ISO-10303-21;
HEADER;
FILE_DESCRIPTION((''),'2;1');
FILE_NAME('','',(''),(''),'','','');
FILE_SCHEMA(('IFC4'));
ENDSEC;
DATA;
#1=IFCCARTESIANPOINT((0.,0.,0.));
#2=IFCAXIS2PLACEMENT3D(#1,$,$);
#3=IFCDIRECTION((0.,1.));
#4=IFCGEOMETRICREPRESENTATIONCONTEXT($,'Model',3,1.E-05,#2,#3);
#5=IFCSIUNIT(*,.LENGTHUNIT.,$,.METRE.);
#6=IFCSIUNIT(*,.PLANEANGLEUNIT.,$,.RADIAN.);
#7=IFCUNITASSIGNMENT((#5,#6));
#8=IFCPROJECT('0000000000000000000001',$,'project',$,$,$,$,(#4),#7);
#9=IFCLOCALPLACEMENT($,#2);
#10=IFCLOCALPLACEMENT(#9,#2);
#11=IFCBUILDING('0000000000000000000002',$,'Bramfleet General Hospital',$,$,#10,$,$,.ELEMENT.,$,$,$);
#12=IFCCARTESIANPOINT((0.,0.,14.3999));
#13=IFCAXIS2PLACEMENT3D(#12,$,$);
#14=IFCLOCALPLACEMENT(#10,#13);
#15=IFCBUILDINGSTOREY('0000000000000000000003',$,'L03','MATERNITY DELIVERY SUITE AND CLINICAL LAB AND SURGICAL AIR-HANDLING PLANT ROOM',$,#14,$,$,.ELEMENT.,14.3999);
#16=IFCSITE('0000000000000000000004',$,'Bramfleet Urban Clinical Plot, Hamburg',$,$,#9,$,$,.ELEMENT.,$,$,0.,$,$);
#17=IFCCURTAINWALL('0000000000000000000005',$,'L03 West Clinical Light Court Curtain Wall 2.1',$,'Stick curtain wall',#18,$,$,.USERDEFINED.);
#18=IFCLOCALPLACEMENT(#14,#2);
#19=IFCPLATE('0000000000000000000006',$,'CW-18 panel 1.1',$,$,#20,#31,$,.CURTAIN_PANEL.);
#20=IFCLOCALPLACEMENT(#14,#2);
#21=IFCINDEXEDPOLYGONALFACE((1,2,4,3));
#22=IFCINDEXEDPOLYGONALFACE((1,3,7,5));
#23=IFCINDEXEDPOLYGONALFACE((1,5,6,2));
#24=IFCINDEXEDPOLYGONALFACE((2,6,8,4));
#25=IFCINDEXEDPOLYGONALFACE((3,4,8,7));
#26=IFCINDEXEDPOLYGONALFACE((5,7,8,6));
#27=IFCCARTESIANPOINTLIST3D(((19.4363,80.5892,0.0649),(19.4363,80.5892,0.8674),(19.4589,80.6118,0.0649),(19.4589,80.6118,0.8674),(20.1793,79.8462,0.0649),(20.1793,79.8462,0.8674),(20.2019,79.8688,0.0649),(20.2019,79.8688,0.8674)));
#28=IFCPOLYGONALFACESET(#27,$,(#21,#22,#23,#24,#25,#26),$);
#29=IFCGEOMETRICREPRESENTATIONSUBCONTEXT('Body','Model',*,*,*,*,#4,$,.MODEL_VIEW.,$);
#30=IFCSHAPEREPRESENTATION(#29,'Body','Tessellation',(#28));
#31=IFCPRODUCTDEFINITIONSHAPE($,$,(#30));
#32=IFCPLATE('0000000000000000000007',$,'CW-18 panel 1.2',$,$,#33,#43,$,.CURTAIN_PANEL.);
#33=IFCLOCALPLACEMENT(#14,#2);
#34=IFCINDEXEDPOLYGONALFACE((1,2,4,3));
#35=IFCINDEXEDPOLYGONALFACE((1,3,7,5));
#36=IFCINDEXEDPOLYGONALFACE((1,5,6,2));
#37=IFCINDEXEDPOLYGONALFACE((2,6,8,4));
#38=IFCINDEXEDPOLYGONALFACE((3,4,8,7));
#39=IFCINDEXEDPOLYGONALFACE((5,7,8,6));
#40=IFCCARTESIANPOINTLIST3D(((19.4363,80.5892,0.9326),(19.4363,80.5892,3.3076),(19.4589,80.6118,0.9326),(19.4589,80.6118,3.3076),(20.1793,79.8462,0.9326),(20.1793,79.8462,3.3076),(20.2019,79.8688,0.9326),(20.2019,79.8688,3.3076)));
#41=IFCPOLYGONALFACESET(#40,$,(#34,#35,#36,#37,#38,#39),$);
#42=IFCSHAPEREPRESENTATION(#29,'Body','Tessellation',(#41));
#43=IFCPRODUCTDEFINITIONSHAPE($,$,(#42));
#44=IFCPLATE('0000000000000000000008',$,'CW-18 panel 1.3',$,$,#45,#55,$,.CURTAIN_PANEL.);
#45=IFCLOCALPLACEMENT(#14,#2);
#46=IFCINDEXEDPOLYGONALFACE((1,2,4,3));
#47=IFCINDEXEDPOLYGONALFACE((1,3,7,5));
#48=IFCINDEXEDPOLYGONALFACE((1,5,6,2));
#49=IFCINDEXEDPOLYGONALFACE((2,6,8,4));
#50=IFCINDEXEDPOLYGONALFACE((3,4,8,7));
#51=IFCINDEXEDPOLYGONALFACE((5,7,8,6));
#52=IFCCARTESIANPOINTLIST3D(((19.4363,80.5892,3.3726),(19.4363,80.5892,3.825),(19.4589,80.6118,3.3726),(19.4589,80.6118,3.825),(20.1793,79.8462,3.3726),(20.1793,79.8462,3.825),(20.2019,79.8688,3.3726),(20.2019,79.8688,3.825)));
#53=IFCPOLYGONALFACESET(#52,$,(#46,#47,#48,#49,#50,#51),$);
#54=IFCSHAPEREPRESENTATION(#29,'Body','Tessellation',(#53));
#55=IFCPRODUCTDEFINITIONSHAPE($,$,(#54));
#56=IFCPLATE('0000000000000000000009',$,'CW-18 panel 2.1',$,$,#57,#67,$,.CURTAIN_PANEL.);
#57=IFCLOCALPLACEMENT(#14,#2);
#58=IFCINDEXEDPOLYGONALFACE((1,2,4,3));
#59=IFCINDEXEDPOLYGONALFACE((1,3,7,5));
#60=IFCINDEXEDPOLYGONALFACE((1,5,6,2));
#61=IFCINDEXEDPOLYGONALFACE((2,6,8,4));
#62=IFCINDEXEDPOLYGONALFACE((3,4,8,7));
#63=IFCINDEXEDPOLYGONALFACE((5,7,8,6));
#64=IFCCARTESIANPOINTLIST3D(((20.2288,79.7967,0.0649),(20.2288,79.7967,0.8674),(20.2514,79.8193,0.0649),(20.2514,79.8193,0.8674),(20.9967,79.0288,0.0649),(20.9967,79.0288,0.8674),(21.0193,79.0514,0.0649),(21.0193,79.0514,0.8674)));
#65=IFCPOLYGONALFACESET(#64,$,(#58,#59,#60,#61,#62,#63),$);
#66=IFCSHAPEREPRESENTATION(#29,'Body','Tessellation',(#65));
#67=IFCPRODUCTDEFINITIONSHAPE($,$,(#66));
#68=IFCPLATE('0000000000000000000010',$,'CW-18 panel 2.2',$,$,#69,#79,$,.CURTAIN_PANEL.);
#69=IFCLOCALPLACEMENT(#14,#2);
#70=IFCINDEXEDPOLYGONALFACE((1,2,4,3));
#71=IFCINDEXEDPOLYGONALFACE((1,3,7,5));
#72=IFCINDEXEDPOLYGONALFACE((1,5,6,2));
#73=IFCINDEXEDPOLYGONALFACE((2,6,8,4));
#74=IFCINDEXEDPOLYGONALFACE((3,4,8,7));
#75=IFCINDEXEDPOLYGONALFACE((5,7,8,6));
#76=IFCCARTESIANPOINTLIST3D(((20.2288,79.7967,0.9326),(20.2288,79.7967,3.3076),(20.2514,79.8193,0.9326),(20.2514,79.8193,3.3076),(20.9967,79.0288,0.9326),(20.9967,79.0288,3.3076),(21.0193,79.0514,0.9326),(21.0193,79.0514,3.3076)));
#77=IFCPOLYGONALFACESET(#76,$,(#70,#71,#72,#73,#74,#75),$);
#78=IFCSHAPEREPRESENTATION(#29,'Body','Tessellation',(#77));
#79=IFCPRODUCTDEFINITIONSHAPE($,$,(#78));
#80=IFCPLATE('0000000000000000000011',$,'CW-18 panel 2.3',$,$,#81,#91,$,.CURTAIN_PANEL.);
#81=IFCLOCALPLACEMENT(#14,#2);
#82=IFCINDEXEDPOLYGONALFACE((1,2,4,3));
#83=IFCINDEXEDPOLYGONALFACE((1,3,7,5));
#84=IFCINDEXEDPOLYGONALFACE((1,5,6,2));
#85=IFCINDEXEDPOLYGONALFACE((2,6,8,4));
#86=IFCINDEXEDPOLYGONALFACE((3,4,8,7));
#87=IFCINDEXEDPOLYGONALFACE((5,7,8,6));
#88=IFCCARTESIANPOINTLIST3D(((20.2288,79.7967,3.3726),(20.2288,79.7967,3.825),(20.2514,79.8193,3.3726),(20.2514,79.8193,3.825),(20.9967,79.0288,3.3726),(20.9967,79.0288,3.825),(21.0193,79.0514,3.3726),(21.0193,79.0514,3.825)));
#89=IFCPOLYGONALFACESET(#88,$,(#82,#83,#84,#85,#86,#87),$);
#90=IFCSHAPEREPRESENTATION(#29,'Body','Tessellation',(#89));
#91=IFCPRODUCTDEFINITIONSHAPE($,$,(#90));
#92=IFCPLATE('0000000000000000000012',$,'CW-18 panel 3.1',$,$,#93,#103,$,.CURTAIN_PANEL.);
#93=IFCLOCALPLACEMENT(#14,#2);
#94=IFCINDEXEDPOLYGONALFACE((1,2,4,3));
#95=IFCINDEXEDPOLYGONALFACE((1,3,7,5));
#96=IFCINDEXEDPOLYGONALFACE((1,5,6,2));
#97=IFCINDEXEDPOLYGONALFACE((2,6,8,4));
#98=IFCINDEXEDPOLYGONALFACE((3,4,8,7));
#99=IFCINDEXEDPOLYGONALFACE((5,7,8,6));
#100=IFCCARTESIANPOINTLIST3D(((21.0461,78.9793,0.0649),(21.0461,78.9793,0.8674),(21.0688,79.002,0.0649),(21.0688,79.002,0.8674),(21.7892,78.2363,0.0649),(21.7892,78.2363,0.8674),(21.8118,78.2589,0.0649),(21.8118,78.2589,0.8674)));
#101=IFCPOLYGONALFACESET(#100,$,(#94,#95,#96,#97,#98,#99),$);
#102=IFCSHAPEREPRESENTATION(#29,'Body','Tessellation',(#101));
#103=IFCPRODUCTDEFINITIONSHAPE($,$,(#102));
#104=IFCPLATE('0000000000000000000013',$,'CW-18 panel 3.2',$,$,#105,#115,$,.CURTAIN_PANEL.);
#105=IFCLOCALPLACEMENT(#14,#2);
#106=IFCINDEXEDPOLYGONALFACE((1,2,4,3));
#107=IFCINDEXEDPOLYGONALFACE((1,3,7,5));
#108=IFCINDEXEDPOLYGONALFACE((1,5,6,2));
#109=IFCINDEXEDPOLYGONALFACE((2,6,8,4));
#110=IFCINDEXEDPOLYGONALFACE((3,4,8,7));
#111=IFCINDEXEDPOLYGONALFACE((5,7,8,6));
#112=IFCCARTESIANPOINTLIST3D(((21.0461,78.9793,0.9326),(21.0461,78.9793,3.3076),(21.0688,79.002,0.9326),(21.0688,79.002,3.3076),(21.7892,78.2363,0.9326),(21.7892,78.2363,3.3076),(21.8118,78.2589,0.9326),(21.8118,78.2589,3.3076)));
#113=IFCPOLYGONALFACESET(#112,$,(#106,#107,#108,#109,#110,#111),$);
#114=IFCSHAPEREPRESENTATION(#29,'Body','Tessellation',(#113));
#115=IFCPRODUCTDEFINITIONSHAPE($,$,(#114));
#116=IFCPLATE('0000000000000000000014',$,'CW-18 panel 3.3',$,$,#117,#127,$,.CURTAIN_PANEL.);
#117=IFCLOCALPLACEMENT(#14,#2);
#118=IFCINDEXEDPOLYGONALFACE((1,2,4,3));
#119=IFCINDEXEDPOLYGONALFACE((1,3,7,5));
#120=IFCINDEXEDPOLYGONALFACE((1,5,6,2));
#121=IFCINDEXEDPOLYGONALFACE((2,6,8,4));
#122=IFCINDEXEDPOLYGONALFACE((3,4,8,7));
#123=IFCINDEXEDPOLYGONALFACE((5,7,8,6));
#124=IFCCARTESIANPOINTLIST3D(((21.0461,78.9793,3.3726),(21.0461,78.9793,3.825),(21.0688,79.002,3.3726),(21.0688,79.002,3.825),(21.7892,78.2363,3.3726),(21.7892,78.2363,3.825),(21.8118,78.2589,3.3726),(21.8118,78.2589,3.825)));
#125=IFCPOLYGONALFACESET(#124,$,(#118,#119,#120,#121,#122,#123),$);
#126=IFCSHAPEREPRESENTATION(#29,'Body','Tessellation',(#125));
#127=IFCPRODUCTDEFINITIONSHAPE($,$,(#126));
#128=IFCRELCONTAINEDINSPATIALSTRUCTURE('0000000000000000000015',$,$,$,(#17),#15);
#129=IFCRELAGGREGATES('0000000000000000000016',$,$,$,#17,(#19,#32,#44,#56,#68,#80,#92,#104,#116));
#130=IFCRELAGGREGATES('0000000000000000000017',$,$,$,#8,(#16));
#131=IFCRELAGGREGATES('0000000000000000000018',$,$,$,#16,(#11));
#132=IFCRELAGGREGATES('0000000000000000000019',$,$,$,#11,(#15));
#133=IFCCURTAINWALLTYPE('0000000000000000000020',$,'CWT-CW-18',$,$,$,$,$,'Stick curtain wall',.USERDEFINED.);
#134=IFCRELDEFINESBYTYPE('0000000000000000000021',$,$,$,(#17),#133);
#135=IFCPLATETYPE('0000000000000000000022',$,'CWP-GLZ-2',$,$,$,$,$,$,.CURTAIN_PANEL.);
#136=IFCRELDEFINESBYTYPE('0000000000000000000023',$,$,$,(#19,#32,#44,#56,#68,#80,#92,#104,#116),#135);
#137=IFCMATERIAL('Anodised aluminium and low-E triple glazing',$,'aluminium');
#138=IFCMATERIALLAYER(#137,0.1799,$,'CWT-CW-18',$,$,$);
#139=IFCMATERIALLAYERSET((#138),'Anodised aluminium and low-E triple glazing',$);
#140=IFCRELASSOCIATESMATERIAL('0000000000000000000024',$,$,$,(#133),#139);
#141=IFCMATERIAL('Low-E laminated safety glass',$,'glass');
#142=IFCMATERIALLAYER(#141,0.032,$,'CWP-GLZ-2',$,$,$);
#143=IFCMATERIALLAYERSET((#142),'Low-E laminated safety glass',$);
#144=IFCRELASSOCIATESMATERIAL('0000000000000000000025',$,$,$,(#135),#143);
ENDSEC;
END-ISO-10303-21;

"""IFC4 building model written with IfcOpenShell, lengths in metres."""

from ifc_helpers import new_model, si_unit, direction, frame, origin, origin_2d, place, context, subcontext, project, spatial, rectangle, extrude, material, layer, layer_set, type_object, element, aggregate, save


model = new_model("IFC4")

# Units and contexts
model_context = context("Model", 3, precision=1e-05, world=origin(), true_north=direction((0.0, 1.0)))
body_context = subcontext(model_context, "Body", "Model", "MODEL_VIEW")
ifc_project = project(units=[si_unit("LENGTHUNIT", "METRE"), si_unit("PLANEANGLEUNIT", "RADIAN")], contexts=[model_context])

# Site, building, storey
site_placement = place(None, origin())
site = spatial("IfcSite", under=ifc_project, at=site_placement, Name="Bramfleet Urban Clinical Plot, Hamburg", CompositionType="ELEMENT", RefElevation=0.0)
building_placement = place(site_placement, origin())
building = spatial("IfcBuilding", under=site, at=building_placement, Name="Bramfleet General Hospital", CompositionType="ELEMENT")
storey_placement = place(building_placement, frame((0.0, 0.0, 14.3999)))
storey = spatial("IfcBuildingStorey", under=building, at=storey_placement, Name="L03", Description="MATERNITY DELIVERY SUITE AND CLINICAL LAB AND SURGICAL AIR-HANDLING PLANT ROOM", CompositionType="ELEMENT", Elevation=14.3999)

# Shared definitions
ifc_material_1 = material(Name="Anodised aluminium and low-E triple glazing", Category="aluminium")

# Curtain wall
ifc_layer_1 = layer(ifc_material_1, 0.1799, Name="CWT-CW-18")
ifc_layer_set_1 = layer_set([ifc_layer_1], Name="Anodised aluminium and low-E triple glazing")
curtain_wall_type_1 = type_object("IfcCurtainWallType", Name="CWT-CW-18", ElementType="Stick curtain wall", PredefinedType="USERDEFINED", material=ifc_layer_set_1)
curtain_wall_1_placement = place(storey_placement, origin())
curtain_wall_1 = element("IfcCurtainWall", 1, at=curtain_wall_1_placement, inside=storey, type_object=curtain_wall_type_1, Name="L03 West Clinical Light Court Curtain Wall 2.1", ObjectType="Stick curtain wall", PredefinedType="USERDEFINED")

# Plates
ifc_material_2 = material(Name="Low-E laminated safety glass", Category="glass")
ifc_layer_2 = layer(ifc_material_2, 0.032, Name="CWP-GLZ-2")
ifc_layer_set_2 = layer_set([ifc_layer_2], Name="Low-E laminated safety glass")
plate_type = type_object("IfcPlateType", Name="CWP-GLZ-2", PredefinedType="CURTAIN_PANEL", material=ifc_layer_set_2)
plate_1_placement = place(storey_placement, frame((19.8191, 80.229, 0.0649), z_axis=(0.0, 0.0, 1.0), x_axis=(0.707107, -0.707107, 0.0)))
plate_1 = element("IfcPlate", 2, at=plate_1_placement, type_object=plate_type, Name="CW-18 panel 1.1", PredefinedType="CURTAIN_PANEL", context=body_context, shape_type="SweptSolid", body=[
    extrude(rectangle(XDim=1.0508, YDim=0.032, at=origin_2d()), origin(), (0.0, 0.0, 1.0), 0.8025),
])
plate_2_placement = place(storey_placement, frame((19.8191, 80.229, 0.9326), z_axis=(0.0, 0.0, 1.0), x_axis=(0.707107, -0.707107, 0.0)))
plate_2 = element("IfcPlate", 3, at=plate_2_placement, type_object=plate_type, Name="CW-18 panel 1.2", PredefinedType="CURTAIN_PANEL", context=body_context, shape_type="SweptSolid", body=[
    extrude(rectangle(XDim=1.0508, YDim=0.032, at=origin_2d()), origin(), (0.0, 0.0, 1.0), 2.375),
])
plate_3_placement = place(storey_placement, frame((19.8191, 80.229, 3.3726), z_axis=(0.0, 0.0, 1.0), x_axis=(0.707107, -0.707107, 0.0)))
plate_3 = element("IfcPlate", 4, at=plate_3_placement, type_object=plate_type, Name="CW-18 panel 1.3", PredefinedType="CURTAIN_PANEL", context=body_context, shape_type="SweptSolid", body=[
    extrude(rectangle(XDim=1.0508, YDim=0.032, at=origin_2d()), origin(), (0.0, 0.0, 1.0), 0.4524),
])
plate_4_placement = place(storey_placement, frame((20.624, 79.4241, 0.0649), z_axis=(0.0, 0.0, 1.0), x_axis=(0.707107, -0.707107, 0.0)))
plate_4 = element("IfcPlate", 5, at=plate_4_placement, type_object=plate_type, Name="CW-18 panel 2.1", PredefinedType="CURTAIN_PANEL", context=body_context, shape_type="SweptSolid", body=[
    extrude(rectangle(XDim=1.0859, YDim=0.032, at=origin_2d()), origin(), (0.0, 0.0, 1.0), 0.8025),
])
plate_5_placement = place(storey_placement, frame((20.624, 79.4241, 0.9326), z_axis=(0.0, 0.0, 1.0), x_axis=(0.707107, -0.707107, 0.0)))
plate_5 = element("IfcPlate", 6, at=plate_5_placement, type_object=plate_type, Name="CW-18 panel 2.2", PredefinedType="CURTAIN_PANEL", context=body_context, shape_type="SweptSolid", body=[
    extrude(rectangle(XDim=1.0859, YDim=0.032, at=origin_2d()), origin(), (0.0, 0.0, 1.0), 2.375),
])
plate_6_placement = place(storey_placement, frame((20.624, 79.4241, 3.3726), z_axis=(0.0, 0.0, 1.0), x_axis=(0.707107, -0.707107, 0.0)))
plate_6 = element("IfcPlate", 7, at=plate_6_placement, type_object=plate_type, Name="CW-18 panel 2.3", PredefinedType="CURTAIN_PANEL", context=body_context, shape_type="SweptSolid", body=[
    extrude(rectangle(XDim=1.0859, YDim=0.032, at=origin_2d()), origin(), (0.0, 0.0, 1.0), 0.4524),
])
plate_7_placement = place(storey_placement, frame((21.429, 78.6191, 0.0649), z_axis=(0.0, 0.0, 1.0), x_axis=(0.707107, -0.707107, 0.0)))
plate_7 = element("IfcPlate", 8, at=plate_7_placement, type_object=plate_type, Name="CW-18 panel 3.1", PredefinedType="CURTAIN_PANEL", context=body_context, shape_type="SweptSolid", body=[
    extrude(rectangle(XDim=1.0508, YDim=0.032, at=origin_2d()), origin(), (0.0, 0.0, 1.0), 0.8025),
])
plate_8_placement = place(storey_placement, frame((21.429, 78.6191, 0.9326), z_axis=(0.0, 0.0, 1.0), x_axis=(0.707107, -0.707107, 0.0)))
plate_8 = element("IfcPlate", 9, at=plate_8_placement, type_object=plate_type, Name="CW-18 panel 3.2", PredefinedType="CURTAIN_PANEL", context=body_context, shape_type="SweptSolid", body=[
    extrude(rectangle(XDim=1.0508, YDim=0.032, at=origin_2d()), origin(), (0.0, 0.0, 1.0), 2.375),
])
plate_9_placement = place(storey_placement, frame((21.429, 78.6191, 3.3726), z_axis=(0.0, 0.0, 1.0), x_axis=(0.707107, -0.707107, 0.0)))
plate_9 = element("IfcPlate", 10, at=plate_9_placement, type_object=plate_type, Name="CW-18 panel 3.3", PredefinedType="CURTAIN_PANEL", context=body_context, shape_type="SweptSolid", body=[
    extrude(rectangle(XDim=1.0508, YDim=0.032, at=origin_2d()), origin(), (0.0, 0.0, 1.0), 0.4524),
])
aggregate(curtain_wall_1, [plate_1, plate_2, plate_3, plate_4, plate_5, plate_6, plate_7, plate_8, plate_9])

save(model, "model.ifc")
